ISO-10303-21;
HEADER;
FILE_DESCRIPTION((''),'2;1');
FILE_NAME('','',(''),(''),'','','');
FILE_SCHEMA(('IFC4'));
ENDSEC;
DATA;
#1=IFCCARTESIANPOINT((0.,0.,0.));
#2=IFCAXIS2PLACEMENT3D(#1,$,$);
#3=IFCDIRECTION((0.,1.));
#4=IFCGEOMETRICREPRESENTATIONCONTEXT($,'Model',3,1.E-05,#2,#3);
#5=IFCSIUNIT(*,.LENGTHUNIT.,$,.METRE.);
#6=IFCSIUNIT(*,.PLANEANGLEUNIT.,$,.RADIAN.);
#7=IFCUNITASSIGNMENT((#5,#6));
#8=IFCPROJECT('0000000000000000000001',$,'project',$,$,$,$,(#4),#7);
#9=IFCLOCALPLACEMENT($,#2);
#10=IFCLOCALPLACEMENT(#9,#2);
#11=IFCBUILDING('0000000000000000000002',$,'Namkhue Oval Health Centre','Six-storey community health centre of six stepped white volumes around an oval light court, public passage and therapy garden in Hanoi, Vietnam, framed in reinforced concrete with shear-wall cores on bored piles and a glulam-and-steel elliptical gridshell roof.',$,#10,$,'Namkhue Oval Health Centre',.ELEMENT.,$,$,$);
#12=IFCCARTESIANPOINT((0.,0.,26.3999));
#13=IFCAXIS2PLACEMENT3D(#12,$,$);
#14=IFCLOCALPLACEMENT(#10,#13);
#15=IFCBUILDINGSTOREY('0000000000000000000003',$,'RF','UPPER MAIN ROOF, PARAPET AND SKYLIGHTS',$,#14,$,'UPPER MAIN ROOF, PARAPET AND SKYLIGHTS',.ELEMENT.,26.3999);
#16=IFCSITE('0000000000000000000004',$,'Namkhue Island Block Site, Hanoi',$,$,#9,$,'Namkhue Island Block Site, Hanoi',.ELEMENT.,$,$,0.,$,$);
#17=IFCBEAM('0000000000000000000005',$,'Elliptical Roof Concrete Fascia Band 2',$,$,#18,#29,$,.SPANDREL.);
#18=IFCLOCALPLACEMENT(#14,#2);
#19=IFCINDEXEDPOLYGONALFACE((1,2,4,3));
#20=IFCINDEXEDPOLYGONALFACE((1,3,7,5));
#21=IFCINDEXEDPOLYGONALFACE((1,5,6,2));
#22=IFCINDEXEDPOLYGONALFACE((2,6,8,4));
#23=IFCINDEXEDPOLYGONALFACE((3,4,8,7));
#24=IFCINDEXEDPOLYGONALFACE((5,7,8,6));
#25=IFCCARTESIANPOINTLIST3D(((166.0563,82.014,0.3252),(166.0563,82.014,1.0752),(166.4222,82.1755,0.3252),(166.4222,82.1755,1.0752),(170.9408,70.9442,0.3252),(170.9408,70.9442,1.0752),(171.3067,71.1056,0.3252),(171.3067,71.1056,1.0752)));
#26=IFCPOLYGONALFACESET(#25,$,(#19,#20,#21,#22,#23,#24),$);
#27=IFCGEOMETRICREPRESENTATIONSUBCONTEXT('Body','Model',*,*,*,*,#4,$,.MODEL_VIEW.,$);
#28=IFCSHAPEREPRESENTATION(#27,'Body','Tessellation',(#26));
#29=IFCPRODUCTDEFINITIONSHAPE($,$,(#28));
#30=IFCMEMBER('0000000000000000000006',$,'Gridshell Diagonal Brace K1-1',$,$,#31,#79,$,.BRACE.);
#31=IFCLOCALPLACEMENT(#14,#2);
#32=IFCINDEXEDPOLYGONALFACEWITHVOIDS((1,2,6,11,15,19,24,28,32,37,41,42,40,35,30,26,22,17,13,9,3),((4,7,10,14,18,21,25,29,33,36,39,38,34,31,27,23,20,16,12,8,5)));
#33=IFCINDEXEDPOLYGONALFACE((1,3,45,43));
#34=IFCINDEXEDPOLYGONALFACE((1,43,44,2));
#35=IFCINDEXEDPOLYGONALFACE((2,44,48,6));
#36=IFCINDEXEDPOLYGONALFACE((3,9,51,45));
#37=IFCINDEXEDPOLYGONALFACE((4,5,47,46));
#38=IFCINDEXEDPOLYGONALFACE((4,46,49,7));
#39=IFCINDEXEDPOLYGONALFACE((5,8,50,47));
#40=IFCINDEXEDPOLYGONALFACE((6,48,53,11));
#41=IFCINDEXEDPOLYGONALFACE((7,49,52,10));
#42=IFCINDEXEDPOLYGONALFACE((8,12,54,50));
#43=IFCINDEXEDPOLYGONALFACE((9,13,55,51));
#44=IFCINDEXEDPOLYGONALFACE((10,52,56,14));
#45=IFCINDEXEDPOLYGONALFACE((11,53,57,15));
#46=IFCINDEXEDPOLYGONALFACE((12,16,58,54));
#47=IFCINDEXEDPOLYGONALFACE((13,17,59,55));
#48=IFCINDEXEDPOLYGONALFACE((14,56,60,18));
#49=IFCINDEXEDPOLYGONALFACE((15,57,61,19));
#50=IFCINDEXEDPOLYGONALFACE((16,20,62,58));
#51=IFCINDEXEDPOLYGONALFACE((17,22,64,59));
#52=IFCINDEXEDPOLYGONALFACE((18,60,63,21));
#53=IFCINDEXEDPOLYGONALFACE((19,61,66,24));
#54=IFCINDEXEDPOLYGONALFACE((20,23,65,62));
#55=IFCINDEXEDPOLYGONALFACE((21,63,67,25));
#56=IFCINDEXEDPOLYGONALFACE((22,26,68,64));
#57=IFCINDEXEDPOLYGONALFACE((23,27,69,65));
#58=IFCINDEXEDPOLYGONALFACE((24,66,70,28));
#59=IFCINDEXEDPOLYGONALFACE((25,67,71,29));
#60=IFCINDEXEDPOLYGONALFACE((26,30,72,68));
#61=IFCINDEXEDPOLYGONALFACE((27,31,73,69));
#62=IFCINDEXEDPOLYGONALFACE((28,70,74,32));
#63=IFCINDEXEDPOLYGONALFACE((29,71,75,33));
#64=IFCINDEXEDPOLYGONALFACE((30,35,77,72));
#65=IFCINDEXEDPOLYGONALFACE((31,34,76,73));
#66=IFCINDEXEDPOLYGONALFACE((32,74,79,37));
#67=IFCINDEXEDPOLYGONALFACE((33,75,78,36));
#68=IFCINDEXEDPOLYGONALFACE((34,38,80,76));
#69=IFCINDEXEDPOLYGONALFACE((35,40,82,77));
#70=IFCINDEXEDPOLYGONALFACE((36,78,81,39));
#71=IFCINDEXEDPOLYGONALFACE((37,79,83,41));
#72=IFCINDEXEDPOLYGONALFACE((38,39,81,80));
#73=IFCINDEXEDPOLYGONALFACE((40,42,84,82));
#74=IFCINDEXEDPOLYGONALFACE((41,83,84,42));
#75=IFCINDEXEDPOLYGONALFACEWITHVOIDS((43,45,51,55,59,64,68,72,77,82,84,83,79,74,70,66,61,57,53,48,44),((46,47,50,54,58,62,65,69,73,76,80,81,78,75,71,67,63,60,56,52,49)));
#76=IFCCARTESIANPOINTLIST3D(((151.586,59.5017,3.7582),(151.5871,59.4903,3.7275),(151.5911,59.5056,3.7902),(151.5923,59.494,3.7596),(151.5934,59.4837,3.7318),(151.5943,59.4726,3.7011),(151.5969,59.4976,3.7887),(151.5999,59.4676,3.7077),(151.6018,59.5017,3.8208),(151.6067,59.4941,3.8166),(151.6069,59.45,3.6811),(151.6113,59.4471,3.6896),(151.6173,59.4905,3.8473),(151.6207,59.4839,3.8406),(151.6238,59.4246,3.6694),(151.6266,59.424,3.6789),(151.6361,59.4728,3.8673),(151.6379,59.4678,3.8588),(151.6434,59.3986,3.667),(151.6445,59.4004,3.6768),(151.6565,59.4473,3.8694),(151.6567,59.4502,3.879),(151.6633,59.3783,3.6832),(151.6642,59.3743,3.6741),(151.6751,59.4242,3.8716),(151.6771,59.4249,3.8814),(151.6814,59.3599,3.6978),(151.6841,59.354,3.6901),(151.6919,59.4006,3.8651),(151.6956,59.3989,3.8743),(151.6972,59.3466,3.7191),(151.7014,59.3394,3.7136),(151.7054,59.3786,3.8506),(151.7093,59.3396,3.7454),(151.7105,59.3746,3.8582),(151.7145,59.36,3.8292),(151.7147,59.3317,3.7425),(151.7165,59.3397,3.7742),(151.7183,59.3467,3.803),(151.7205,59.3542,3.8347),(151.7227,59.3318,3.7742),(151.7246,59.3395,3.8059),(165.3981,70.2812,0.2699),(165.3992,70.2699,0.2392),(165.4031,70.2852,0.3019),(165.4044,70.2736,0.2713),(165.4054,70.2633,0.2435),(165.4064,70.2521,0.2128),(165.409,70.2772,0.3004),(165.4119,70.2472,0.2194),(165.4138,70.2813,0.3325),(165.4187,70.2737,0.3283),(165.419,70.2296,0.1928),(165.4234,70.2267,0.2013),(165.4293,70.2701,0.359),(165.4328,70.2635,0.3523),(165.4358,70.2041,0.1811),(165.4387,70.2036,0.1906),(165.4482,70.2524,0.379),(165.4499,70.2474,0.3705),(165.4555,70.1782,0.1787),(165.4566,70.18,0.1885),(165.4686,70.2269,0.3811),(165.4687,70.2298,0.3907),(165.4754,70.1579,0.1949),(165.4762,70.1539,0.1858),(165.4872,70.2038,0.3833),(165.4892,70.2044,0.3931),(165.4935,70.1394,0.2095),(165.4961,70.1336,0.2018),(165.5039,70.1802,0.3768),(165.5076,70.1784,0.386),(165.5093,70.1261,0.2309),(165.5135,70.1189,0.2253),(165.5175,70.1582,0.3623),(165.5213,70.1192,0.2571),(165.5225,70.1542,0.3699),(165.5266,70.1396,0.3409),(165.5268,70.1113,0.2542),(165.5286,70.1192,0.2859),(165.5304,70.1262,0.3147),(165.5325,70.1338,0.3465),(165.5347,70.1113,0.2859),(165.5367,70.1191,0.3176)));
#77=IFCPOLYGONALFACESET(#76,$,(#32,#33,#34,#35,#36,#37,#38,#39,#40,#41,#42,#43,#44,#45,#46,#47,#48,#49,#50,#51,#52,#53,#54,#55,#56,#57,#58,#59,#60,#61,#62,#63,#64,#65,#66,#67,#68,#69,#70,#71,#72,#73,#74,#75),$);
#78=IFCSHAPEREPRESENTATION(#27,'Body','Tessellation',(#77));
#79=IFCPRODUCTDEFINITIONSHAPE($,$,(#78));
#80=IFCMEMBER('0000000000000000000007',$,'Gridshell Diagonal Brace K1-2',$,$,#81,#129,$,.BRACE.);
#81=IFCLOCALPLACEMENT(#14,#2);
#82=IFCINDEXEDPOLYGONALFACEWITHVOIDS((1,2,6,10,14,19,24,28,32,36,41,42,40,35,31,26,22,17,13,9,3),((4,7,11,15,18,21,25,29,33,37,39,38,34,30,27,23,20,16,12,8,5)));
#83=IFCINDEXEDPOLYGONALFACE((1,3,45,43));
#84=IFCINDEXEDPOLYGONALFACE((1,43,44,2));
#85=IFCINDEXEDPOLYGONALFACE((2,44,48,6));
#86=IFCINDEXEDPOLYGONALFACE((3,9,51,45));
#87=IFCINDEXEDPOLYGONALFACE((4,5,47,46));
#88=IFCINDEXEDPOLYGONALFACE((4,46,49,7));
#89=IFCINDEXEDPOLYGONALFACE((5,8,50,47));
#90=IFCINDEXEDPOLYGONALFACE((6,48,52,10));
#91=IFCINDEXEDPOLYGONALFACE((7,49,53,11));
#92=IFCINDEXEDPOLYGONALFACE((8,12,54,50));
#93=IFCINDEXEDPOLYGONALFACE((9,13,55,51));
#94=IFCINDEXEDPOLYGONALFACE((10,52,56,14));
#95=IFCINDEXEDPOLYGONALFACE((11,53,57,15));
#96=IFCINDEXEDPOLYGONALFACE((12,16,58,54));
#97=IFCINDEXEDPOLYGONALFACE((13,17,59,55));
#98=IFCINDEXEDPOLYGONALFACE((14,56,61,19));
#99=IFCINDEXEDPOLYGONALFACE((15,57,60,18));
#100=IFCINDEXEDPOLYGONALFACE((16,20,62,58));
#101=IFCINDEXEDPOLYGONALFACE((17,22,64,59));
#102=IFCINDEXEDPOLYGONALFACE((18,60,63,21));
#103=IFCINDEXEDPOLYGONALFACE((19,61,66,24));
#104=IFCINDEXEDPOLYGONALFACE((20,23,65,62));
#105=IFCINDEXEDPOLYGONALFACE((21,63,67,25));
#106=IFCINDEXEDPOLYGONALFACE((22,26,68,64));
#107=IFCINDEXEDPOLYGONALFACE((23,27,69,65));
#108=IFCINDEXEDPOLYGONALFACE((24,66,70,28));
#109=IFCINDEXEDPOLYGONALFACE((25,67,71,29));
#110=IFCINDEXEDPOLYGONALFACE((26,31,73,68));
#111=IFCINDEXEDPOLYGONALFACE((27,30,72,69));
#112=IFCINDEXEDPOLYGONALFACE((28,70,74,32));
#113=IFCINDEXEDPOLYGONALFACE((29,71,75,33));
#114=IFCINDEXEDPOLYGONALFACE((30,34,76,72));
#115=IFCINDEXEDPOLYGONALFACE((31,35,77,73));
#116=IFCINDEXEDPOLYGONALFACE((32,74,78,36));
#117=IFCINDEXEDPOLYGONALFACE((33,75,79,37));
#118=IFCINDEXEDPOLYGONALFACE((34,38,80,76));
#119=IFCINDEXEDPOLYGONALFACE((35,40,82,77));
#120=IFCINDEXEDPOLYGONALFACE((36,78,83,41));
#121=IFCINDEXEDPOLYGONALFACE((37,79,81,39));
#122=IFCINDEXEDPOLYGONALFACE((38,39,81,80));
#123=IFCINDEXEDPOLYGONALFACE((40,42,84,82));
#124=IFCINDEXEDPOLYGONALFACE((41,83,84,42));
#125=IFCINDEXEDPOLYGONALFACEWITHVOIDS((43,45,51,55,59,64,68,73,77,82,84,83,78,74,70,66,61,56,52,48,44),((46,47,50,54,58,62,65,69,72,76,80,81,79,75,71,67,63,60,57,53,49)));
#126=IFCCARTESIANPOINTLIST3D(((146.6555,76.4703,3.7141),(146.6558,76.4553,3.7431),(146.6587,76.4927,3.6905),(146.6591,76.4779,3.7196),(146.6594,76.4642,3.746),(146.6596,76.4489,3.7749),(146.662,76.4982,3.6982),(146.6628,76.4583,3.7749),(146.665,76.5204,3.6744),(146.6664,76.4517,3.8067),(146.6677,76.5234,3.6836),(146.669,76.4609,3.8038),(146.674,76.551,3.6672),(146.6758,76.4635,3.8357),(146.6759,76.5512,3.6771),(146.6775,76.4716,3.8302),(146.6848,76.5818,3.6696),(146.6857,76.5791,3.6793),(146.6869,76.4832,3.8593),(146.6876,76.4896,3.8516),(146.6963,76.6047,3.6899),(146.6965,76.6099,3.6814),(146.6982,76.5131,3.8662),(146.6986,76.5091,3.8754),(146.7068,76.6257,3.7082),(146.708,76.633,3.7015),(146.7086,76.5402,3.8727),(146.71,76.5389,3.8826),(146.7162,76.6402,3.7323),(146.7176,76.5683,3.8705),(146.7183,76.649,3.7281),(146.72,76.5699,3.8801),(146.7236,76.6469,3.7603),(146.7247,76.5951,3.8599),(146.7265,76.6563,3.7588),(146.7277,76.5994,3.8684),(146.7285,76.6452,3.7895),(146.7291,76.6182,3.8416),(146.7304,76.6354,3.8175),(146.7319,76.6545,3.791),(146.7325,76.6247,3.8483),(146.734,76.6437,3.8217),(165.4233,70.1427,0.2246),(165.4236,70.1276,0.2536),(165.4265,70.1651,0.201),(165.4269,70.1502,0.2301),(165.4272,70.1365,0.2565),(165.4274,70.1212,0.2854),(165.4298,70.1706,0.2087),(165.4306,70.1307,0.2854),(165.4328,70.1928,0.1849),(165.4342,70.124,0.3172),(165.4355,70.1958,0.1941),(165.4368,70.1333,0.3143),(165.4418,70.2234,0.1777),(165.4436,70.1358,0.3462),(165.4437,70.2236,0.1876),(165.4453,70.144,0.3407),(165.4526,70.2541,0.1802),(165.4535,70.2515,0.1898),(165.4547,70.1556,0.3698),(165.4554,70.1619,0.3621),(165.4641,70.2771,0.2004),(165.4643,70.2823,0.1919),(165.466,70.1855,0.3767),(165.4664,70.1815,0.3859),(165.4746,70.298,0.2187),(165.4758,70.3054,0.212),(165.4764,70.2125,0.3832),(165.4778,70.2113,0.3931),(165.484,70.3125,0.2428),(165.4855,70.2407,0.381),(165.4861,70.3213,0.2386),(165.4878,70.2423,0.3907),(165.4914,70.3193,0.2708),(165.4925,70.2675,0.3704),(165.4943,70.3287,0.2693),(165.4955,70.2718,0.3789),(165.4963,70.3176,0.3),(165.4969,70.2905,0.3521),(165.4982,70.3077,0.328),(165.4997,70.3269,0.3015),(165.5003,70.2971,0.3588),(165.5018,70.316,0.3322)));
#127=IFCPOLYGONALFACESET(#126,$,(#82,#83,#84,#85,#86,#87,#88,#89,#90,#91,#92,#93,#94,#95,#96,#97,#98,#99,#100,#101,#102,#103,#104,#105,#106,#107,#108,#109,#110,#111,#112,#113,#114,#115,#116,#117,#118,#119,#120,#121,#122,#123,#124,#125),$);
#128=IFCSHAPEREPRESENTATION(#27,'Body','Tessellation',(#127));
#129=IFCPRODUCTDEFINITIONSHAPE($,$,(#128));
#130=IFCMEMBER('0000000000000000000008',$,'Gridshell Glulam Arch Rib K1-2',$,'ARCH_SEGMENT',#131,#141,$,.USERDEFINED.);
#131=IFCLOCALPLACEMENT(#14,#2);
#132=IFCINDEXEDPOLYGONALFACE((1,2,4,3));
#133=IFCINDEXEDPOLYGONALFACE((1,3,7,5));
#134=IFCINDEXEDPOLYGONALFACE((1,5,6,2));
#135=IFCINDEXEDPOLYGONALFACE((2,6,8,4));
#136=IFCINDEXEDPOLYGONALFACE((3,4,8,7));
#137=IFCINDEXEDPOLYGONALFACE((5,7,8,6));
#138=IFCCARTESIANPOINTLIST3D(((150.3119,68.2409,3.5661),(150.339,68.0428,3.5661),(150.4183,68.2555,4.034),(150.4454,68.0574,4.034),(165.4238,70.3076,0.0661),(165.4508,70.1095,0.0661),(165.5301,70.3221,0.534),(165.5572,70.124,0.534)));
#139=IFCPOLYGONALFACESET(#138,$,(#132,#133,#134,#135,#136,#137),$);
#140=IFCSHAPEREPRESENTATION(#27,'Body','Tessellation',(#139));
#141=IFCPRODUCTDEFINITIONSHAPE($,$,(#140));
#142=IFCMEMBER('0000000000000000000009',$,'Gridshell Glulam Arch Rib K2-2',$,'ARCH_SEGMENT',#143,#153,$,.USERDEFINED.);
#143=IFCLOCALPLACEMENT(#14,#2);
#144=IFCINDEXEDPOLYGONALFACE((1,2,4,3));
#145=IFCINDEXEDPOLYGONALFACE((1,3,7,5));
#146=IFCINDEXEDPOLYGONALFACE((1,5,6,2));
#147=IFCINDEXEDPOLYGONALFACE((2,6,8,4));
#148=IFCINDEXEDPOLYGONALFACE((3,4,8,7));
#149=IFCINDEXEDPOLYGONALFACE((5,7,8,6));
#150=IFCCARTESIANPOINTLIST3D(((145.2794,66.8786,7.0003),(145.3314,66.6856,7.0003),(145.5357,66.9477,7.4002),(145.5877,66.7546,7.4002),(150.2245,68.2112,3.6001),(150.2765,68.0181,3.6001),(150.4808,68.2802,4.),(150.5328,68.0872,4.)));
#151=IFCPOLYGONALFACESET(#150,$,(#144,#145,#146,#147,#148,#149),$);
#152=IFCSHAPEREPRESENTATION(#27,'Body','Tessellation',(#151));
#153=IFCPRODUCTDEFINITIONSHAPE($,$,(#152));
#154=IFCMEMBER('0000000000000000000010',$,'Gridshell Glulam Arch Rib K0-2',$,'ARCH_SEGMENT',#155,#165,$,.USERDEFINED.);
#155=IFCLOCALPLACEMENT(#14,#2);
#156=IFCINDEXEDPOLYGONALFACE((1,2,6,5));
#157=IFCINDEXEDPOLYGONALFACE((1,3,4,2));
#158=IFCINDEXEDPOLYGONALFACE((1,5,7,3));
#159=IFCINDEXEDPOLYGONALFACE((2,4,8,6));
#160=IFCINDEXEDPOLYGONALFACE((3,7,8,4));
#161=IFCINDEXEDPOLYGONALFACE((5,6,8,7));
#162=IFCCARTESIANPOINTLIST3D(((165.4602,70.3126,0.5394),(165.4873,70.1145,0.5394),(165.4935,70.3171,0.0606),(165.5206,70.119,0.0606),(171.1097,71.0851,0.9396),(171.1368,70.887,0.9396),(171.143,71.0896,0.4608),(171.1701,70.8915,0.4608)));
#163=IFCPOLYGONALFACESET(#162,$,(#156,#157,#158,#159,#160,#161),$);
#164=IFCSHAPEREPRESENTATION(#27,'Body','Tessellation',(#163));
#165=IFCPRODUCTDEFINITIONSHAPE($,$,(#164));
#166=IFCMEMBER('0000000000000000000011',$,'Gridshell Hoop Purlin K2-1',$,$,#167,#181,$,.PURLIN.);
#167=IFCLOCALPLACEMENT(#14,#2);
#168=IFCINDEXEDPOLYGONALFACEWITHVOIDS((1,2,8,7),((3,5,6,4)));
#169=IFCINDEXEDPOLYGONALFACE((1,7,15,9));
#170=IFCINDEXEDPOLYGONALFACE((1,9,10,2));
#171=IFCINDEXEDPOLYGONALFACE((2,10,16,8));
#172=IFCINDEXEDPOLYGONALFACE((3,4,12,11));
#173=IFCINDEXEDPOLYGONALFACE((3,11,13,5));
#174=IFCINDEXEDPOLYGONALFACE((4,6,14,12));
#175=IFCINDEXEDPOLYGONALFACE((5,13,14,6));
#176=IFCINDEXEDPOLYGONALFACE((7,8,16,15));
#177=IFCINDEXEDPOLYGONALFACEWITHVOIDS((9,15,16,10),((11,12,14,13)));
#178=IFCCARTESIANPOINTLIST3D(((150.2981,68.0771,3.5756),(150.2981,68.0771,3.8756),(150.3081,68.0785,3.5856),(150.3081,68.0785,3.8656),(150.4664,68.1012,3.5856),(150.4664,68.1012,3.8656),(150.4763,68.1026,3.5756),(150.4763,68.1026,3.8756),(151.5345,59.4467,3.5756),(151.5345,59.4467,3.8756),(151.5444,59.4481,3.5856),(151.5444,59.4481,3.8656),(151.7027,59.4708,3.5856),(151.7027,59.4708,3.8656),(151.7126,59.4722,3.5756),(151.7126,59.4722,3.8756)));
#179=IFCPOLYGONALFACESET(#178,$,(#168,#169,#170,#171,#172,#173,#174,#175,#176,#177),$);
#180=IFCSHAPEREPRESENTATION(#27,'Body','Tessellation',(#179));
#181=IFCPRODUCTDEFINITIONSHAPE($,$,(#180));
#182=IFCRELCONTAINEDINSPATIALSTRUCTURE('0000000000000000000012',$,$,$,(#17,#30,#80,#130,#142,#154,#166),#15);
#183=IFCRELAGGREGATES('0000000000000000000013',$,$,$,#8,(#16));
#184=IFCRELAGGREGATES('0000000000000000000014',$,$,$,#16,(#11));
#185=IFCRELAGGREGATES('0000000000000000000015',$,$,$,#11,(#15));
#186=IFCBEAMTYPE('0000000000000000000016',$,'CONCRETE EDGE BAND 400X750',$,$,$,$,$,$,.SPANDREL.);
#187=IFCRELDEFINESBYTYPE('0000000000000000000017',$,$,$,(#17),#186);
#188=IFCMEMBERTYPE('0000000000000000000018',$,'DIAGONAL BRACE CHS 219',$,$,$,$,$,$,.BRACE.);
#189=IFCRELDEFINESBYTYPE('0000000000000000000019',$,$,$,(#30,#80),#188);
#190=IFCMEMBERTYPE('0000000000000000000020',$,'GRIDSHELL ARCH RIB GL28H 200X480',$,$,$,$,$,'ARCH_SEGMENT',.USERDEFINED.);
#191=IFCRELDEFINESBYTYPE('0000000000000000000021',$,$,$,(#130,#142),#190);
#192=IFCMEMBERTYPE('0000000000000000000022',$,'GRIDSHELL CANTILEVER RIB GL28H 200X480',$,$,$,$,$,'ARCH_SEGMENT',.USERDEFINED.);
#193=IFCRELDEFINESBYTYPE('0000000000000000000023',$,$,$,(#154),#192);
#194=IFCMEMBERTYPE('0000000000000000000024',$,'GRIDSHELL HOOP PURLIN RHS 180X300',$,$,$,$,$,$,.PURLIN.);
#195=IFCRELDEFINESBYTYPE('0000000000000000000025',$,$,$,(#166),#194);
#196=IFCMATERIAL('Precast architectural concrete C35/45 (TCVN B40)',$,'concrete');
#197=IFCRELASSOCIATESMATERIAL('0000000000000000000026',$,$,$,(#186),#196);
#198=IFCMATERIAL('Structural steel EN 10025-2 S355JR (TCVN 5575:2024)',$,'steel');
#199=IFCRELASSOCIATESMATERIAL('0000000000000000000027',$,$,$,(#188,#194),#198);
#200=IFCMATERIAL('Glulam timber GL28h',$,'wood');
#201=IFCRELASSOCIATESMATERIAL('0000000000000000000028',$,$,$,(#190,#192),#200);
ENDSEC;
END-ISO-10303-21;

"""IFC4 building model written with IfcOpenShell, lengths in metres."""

from ifc_helpers import new_model, si_unit, direction, frame, origin, origin_2d, place, context, subcontext, project, spatial, rectangle, hollow_rectangle, hollow_circle, extrude, material, material_profile, profile_set, type_object, element, save


model = new_model("IFC4")

# Units and contexts
model_context = context("Model", 3, precision=1e-05, world=origin(), true_north=direction((0.0, 1.0)))
body_context = subcontext(model_context, "Body", "Model", "MODEL_VIEW")
ifc_project = project(units=[si_unit("LENGTHUNIT", "METRE"), si_unit("PLANEANGLEUNIT", "RADIAN")], contexts=[model_context])

# Site, building, storey
site_placement = place(None, origin())
site = spatial("IfcSite", under=ifc_project, at=site_placement, Name="Namkhue Island Block Site, Hanoi", LongName="Namkhue Island Block Site, Hanoi", CompositionType="ELEMENT", RefElevation=0.0)
building_placement = place(site_placement, origin())
building = spatial("IfcBuilding", under=site, at=building_placement, Name="Namkhue Oval Health Centre", Description="Six-storey community health centre of six stepped white volumes around an oval light court, public passage and therapy garden in Hanoi, Vietnam, framed in reinforced concrete with shear-wall cores on bored piles and a glulam-and-steel elliptical gridshell roof.", LongName="Namkhue Oval Health Centre", CompositionType="ELEMENT")
storey_placement = place(building_placement, frame((0.0, 0.0, 26.3999)))
storey = spatial("IfcBuildingStorey", under=building, at=storey_placement, Name="RF", Description="UPPER MAIN ROOF, PARAPET AND SKYLIGHTS", LongName="UPPER MAIN ROOF, PARAPET AND SKYLIGHTS", CompositionType="ELEMENT", Elevation=26.3999)

# Beam
ifc_material_1 = material(Name="Precast architectural concrete C35/45 (TCVN B40)", Category="concrete")
ifc_material_profile_1 = material_profile(ifc_material_1, rectangle(XDim=0.3999, YDim=0.75, at=origin_2d()), Name="RC 400x750")
ifc_profile_set_1 = profile_set([ifc_material_profile_1], Name="Precast architectural concrete C35/45 (TCVN B40)")
beam_type = type_object("IfcBeamType", Name="CONCRETE EDGE BAND 400X750", PredefinedType="SPANDREL", material=ifc_profile_set_1)
beam_placement = place(storey_placement, frame((171.1238, 71.0249, 0.7002), z_axis=(-0.403694, 0.914894, 0.0), x_axis=(-0.914894, -0.403694, 0.0)))
element("IfcBeam", 1, at=beam_placement, inside=storey, type_object=beam_type, Name="Elliptical Roof Concrete Fascia Band 2", PredefinedType="SPANDREL", context=body_context, shape_type="SweptSolid", body=[
    extrude(rectangle(XDim=0.3999, YDim=0.75, at=origin_2d()), origin(), (0.0, 0.0, 1.0), 12.0996),
])

# Members
ifc_material_2 = material(Name="Structural steel EN 10025-2 S355JR (TCVN 5575:2024)", Category="steel")
ifc_material_profile_2 = material_profile(ifc_material_2, hollow_circle(Radius=0.1096, WallThickness=0.01, at=origin_2d()), Name="CHS 219.1x10")
ifc_profile_set_2 = profile_set([ifc_material_profile_2], Name="Structural steel EN 10025-2 S355JR (TCVN 5575:2024)")
member_type_1 = type_object("IfcMemberType", Name="DIAGONAL BRACE CHS 219", PredefinedType="BRACE", material=ifc_profile_set_2)
member_1_placement = place(storey_placement, frame((165.4673, 70.1978, 0.2859), z_axis=(-0.773157, -0.603408, 0.195264), x_axis=(0.615251, -0.788331, 0.0)))
element("IfcMember", 2, at=member_1_placement, inside=storey, type_object=member_type_1, Name="Gridshell Diagonal Brace K1-1", PredefinedType="BRACE", context=body_context, shape_type="SweptSolid", body=[
    extrude(hollow_circle(Radius=0.1096, WallThickness=0.01, at=origin_2d()), origin(), (0.0, 0.0, 1.0), 17.8645),
])
member_2_placement = place(storey_placement, frame((165.4624, 70.2251, 0.2854), z_axis=(-0.933218, 0.314638, 0.173513), x_axis=(-0.319484, -0.947592, 0.0)))
element("IfcMember", 3, at=member_2_placement, inside=storey, type_object=member_type_1, Name="Gridshell Diagonal Brace K1-2", PredefinedType="BRACE", context=body_context, shape_type="SweptSolid", body=[
    extrude(hollow_circle(Radius=0.1096, WallThickness=0.01, at=origin_2d()), origin(), (0.0, 0.0, 1.0), 20.1108),
])
ifc_material_3 = material(Name="Glulam timber GL28h", Category="wood")
ifc_material_profile_3 = material_profile(ifc_material_3, rectangle(XDim=0.2, YDim=0.48, at=origin_2d()), Name="GL28h 200x480")
ifc_profile_set_3 = profile_set([ifc_material_profile_3], Name="Glulam timber GL28h")
member_type_2 = type_object("IfcMemberType", Name="GRIDSHELL ARCH RIB GL28H 200X480", ElementType="ARCH_SEGMENT", PredefinedType="USERDEFINED", material=ifc_profile_set_3)
member_3_placement = place(storey_placement, frame((165.4905, 70.2158, 0.3), z_axis=(-0.965679, -0.132064, 0.223658), x_axis=(0.135496, -0.990778, 0.0)))
element("IfcMember", 4, at=member_3_placement, inside=storey, type_object=member_type_2, Name="Gridshell Glulam Arch Rib K1-2", ObjectType="ARCH_SEGMENT", PredefinedType="USERDEFINED", context=body_context, shape_type="SweptSolid", body=[
    extrude(rectangle(XDim=0.2, YDim=0.48, at=origin_2d()), origin(), (0.0, 0.0, 1.0), 15.6489),
])
member_4_placement = place(storey_placement, frame((150.3787, 68.1492, 3.8), z_axis=(-0.804419, -0.216762, 0.553105), x_axis=(0.260184, -0.965559, 0.0)))
element("IfcMember", 5, at=member_4_placement, inside=storey, type_object=member_type_2, Name="Gridshell Glulam Arch Rib K2-2", ObjectType="ARCH_SEGMENT", PredefinedType="USERDEFINED", context=body_context, shape_type="SweptSolid", body=[
    extrude(rectangle(XDim=0.2, YDim=0.48, at=origin_2d()), origin(), (0.0, 0.0, 1.0), 6.1475),
])
ifc_material_profile_4 = material_profile(ifc_material_3, rectangle(XDim=0.2, YDim=0.48, at=origin_2d()), Name="GL28h 200x480")
ifc_profile_set_4 = profile_set([ifc_material_profile_4], Name="Glulam timber GL28h")
member_type_3 = type_object("IfcMemberType", Name="GRIDSHELL CANTILEVER RIB GL28H 200X480", ElementType="ARCH_SEGMENT", PredefinedType="USERDEFINED", material=ifc_profile_set_4)
member_5_placement = place(storey_placement, frame((171.1399, 70.9883, 0.7002), z_axis=(-0.98835, -0.13514, -0.070005), x_axis=(0.135472, -0.990781, 0.0)))
element("IfcMember", 6, at=member_5_placement, inside=storey, type_object=member_type_3, Name="Gridshell Glulam Arch Rib K0-2", ObjectType="ARCH_SEGMENT", PredefinedType="USERDEFINED", context=body_context, shape_type="SweptSolid", body=[
    extrude(rectangle(XDim=0.2, YDim=0.48, at=origin_2d()), origin(), (0.0, 0.0, 1.0), 5.7161),
])
ifc_material_profile_5 = material_profile(ifc_material_2, hollow_rectangle(XDim=0.1799, YDim=0.3, WallThickness=0.01, at=origin_2d()), Name="RHS 180x300x10")
ifc_profile_set_5 = profile_set([ifc_material_profile_5], Name="Structural steel EN 10025-2 S355JR (TCVN 5575:2024)")
member_type_4 = type_object("IfcMemberType", Name="GRIDSHELL HOOP PURLIN RHS 180X300", PredefinedType="PURLIN", material=ifc_profile_set_5)
member_6_placement = place(storey_placement, frame((151.6235, 59.4595, 3.7256), z_axis=(-0.141806, 0.989895, 0.0), x_axis=(-0.989895, -0.141806, 0.0)))
element("IfcMember", 7, at=member_6_placement, inside=storey, type_object=member_type_4, Name="Gridshell Hoop Purlin K2-1", PredefinedType="PURLIN", context=body_context, shape_type="SweptSolid", body=[
    extrude(hollow_rectangle(XDim=0.1799, YDim=0.3, WallThickness=0.01, at=origin_2d()), origin(), (0.0, 0.0, 1.0), 8.7185),
])

save(model, "model.ifc")
